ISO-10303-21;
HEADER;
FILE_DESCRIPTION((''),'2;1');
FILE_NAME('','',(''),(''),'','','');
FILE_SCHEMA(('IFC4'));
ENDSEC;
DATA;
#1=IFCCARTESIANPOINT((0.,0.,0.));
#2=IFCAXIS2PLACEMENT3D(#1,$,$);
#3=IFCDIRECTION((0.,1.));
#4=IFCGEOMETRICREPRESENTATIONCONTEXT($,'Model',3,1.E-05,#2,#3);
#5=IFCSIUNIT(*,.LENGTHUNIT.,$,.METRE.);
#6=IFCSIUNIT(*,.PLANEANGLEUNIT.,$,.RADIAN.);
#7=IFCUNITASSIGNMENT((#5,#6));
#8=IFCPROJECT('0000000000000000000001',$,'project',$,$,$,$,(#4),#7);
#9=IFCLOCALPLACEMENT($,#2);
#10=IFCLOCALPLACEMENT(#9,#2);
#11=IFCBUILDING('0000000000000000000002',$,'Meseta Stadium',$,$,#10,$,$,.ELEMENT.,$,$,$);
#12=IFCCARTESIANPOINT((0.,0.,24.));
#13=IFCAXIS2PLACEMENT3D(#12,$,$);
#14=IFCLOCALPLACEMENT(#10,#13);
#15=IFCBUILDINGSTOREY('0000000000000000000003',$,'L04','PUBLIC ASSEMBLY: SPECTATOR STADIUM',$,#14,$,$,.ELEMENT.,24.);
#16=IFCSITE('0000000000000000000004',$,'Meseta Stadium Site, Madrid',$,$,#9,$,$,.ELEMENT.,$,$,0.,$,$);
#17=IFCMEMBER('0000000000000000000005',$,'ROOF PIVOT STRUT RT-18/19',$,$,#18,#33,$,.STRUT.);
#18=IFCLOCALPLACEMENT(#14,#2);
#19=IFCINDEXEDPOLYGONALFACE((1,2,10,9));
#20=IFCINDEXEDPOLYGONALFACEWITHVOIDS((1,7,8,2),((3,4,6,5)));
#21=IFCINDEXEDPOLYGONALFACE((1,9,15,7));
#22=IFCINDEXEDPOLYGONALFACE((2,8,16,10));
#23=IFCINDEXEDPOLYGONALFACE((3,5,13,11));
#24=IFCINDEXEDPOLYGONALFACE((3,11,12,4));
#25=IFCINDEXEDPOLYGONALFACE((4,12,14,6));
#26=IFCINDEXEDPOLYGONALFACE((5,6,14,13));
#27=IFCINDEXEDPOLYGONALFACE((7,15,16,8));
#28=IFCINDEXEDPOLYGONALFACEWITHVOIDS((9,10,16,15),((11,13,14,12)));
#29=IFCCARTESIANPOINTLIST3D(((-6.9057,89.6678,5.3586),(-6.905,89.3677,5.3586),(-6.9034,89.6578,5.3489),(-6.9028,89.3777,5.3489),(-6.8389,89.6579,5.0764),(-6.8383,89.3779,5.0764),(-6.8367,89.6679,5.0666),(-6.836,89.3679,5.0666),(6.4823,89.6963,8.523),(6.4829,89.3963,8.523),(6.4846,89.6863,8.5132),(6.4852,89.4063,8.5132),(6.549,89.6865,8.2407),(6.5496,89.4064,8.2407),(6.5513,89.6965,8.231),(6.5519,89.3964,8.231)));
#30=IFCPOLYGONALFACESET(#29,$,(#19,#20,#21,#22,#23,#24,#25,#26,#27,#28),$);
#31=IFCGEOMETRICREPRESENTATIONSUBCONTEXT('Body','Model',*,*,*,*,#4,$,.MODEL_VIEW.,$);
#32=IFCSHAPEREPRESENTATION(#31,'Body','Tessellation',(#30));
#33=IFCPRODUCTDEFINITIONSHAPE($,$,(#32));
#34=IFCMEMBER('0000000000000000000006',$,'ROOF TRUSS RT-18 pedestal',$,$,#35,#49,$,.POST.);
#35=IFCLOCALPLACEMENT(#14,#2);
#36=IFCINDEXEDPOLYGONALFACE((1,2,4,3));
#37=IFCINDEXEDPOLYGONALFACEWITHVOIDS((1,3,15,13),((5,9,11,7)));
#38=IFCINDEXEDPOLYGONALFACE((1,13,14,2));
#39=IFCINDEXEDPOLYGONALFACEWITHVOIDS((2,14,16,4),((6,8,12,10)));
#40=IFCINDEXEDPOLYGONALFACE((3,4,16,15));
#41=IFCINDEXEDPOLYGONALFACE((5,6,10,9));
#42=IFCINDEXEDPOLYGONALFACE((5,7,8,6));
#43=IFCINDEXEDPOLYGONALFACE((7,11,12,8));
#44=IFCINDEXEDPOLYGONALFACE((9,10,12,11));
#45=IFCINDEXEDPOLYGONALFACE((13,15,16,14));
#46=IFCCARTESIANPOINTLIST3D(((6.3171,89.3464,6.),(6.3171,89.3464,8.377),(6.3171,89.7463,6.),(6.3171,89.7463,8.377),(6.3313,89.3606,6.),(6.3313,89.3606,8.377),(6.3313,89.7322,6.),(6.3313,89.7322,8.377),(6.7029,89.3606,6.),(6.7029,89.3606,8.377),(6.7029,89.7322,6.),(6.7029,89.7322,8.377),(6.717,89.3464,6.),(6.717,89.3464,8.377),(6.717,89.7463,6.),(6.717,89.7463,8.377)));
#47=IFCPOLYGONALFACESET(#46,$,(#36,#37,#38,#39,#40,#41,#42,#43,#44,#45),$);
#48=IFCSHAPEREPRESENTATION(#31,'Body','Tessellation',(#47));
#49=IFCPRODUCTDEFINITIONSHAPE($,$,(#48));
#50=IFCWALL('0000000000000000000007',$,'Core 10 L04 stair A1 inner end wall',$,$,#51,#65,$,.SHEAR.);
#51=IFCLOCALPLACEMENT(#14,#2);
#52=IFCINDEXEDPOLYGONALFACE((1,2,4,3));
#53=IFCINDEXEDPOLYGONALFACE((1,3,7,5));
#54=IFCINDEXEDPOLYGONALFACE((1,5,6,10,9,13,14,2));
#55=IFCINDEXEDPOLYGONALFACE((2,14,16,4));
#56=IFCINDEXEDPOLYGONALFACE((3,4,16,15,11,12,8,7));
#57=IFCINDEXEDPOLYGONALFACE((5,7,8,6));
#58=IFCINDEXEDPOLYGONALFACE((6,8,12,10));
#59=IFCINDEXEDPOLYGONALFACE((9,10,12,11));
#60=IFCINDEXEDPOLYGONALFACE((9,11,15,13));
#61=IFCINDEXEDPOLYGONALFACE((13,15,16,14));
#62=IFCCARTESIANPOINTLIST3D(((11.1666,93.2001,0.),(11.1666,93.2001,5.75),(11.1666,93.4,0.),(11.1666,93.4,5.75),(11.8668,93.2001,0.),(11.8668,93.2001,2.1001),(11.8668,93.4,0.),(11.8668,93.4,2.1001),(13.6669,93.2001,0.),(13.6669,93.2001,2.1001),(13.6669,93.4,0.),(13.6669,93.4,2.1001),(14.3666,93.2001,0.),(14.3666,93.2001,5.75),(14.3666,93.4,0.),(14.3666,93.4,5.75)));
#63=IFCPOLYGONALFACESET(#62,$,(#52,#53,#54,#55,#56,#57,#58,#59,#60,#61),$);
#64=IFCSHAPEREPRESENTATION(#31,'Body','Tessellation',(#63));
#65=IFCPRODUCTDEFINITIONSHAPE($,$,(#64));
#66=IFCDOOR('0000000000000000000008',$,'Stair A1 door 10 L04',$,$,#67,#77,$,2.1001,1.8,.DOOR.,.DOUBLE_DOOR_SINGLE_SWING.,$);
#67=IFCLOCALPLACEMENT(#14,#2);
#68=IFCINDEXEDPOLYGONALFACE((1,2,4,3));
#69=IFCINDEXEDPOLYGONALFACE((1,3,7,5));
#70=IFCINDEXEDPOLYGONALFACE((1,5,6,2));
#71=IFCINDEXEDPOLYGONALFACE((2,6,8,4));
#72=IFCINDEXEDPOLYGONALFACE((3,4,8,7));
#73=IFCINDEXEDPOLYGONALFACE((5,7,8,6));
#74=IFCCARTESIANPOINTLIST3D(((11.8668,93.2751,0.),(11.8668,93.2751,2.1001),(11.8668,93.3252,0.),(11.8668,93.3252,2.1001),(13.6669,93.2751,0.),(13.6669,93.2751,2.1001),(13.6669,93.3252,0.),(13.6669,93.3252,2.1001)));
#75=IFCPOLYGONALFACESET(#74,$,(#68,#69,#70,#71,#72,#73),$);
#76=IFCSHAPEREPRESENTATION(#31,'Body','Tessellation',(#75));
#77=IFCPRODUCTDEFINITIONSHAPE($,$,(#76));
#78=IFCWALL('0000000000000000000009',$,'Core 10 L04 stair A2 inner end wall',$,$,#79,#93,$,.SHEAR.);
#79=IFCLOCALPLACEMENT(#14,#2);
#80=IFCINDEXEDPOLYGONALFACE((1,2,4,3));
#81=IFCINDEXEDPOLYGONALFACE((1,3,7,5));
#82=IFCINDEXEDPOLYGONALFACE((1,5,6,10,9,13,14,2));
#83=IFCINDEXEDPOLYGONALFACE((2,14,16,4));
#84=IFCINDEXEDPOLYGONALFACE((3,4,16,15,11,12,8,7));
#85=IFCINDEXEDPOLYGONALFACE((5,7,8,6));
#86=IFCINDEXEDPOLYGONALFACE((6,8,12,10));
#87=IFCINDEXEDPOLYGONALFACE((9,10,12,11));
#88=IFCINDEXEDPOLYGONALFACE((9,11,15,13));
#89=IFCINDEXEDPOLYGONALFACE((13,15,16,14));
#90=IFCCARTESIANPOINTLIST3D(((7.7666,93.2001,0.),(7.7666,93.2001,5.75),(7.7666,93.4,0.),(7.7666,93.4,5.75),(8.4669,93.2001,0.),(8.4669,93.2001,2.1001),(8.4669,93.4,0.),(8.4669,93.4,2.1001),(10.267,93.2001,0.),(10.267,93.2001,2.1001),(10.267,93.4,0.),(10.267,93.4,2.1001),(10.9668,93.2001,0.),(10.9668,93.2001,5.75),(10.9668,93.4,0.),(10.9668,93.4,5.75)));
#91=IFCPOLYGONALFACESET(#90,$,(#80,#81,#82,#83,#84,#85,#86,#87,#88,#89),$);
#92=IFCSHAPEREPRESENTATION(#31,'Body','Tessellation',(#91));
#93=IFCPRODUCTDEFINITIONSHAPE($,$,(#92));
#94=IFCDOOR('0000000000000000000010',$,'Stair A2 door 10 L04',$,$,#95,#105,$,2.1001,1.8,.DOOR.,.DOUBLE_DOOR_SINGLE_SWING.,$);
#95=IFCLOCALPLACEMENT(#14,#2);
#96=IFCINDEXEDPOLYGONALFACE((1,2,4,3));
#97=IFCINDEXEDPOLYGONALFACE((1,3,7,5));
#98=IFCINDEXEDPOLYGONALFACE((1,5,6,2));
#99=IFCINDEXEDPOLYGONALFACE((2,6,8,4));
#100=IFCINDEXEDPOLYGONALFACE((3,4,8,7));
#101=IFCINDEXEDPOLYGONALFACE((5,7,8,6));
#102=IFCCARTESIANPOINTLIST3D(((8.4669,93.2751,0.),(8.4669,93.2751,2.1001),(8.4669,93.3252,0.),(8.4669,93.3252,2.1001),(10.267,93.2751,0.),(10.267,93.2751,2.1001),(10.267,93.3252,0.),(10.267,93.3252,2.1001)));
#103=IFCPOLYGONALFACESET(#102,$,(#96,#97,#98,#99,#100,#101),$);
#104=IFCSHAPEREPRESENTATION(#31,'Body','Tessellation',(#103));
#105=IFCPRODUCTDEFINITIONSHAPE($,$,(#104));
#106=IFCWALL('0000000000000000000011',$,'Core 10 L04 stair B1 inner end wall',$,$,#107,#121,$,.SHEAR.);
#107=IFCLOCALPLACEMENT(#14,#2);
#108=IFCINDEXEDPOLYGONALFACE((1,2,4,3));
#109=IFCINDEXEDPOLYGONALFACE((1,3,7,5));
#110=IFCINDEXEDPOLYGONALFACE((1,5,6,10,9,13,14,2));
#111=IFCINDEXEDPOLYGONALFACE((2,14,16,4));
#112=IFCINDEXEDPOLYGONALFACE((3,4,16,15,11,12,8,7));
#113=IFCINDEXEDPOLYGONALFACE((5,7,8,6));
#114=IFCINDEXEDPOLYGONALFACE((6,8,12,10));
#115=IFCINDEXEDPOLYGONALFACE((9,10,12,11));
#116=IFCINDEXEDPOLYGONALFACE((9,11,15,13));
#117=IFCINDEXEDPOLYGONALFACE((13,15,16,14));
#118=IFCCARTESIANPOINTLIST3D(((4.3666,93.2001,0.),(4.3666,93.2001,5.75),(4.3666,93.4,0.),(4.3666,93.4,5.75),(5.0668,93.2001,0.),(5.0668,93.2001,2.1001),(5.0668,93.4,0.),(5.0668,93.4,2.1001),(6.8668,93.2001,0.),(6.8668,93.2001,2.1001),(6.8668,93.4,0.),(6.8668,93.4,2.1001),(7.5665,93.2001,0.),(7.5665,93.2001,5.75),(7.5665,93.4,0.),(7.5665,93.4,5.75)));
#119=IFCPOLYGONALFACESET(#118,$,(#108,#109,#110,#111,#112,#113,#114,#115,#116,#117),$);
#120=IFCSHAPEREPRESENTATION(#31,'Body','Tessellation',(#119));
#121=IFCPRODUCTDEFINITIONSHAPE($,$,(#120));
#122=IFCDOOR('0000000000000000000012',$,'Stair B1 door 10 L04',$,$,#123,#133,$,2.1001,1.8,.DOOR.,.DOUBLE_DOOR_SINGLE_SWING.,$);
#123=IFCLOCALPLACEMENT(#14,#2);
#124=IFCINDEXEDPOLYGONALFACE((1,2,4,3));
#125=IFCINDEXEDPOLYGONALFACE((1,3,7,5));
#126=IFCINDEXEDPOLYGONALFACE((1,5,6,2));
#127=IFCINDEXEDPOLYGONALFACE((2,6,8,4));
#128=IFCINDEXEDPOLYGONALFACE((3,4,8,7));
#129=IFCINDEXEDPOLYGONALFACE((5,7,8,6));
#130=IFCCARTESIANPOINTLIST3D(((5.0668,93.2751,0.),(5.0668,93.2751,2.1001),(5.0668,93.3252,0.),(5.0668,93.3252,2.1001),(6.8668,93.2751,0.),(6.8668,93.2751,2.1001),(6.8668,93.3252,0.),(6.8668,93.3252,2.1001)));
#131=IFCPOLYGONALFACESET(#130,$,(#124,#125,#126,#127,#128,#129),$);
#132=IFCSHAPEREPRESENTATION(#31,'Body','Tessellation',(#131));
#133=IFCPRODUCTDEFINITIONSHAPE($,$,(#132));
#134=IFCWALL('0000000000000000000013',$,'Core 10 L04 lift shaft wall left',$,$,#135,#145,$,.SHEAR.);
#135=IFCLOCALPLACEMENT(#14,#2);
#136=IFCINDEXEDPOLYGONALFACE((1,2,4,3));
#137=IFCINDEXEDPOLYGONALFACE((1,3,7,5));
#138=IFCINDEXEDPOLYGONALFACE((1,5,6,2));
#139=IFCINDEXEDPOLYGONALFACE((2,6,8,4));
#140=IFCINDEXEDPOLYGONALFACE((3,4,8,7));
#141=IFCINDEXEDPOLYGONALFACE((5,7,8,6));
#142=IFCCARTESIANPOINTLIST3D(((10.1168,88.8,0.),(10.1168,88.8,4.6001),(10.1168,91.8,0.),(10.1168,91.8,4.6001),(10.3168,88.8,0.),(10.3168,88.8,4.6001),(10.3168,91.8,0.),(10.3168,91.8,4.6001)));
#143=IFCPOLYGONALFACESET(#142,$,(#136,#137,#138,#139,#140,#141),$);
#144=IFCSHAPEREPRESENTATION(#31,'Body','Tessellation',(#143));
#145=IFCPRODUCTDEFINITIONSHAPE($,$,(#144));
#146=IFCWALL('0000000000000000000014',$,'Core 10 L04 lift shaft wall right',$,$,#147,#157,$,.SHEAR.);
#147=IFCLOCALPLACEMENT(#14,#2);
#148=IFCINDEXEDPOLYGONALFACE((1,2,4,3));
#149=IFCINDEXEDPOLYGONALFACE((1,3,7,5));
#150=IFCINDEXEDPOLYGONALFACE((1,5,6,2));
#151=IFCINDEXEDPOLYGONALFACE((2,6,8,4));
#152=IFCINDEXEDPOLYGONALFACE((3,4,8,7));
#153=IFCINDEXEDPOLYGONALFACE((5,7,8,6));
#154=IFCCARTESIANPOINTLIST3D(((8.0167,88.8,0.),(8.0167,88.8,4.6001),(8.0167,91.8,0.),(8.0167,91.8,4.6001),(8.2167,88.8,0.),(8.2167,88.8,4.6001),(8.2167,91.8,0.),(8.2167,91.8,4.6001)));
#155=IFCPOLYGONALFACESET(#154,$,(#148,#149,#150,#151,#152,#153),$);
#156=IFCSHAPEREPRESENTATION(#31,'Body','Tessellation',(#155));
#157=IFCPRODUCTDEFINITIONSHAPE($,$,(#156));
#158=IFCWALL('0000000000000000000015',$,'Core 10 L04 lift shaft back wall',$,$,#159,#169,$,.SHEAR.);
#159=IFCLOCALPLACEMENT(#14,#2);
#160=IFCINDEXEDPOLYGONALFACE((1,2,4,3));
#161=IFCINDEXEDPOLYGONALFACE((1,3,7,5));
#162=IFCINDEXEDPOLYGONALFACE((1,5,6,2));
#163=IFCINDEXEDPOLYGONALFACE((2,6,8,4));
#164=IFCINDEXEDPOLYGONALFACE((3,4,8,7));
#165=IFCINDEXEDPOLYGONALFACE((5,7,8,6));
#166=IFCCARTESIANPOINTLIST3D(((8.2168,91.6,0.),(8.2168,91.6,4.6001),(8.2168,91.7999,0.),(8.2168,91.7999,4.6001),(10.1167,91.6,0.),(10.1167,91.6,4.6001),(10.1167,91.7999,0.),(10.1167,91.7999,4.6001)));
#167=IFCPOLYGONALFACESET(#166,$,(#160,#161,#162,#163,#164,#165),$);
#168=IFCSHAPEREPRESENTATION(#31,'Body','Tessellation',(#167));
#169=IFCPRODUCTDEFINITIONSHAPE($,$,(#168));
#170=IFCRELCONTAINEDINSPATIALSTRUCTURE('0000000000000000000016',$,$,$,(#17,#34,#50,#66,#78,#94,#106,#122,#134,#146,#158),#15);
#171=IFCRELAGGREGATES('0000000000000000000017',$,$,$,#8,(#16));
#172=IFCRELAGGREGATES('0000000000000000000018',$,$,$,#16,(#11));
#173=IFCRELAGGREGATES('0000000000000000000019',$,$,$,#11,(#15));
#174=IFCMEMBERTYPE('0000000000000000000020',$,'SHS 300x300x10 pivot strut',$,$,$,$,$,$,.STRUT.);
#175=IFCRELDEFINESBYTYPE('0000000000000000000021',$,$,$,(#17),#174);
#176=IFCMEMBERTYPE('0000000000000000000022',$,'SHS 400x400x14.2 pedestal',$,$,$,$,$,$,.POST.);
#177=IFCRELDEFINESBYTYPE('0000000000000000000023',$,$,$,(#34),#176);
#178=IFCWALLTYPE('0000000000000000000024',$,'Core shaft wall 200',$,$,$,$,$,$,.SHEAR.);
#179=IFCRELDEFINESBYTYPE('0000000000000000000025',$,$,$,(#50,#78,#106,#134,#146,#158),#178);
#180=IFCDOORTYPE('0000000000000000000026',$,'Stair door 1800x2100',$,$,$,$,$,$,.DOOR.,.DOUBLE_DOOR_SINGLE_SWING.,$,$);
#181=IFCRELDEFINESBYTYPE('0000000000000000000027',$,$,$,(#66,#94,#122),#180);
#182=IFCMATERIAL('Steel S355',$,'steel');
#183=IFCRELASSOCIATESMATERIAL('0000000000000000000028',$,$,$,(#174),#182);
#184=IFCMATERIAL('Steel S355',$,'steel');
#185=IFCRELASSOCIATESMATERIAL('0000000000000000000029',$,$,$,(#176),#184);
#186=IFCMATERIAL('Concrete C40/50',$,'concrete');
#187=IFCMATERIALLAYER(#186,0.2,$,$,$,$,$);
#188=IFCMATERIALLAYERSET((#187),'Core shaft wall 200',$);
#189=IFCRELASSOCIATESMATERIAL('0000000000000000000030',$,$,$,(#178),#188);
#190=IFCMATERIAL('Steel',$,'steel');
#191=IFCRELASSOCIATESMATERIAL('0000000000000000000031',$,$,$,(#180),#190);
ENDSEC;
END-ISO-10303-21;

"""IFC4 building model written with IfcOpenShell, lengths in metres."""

from ifc_helpers import new_model, si_unit, direction, frame, frame_2d, origin, origin_2d, place, context, subcontext, project, spatial, rectangle, hollow_rectangle, extrude, material, layer, layer_set, material_profile, profile_set, type_object, element, fill, save


model = new_model("IFC4")

# Units and contexts
model_context = context("Model", 3, precision=1e-05, world=origin(), true_north=direction((0.0, 1.0)))
body_context = subcontext(model_context, "Body", "Model", "MODEL_VIEW")
ifc_project = project(units=[si_unit("LENGTHUNIT", "METRE"), si_unit("PLANEANGLEUNIT", "RADIAN")], contexts=[model_context])

# Site, building, storey
site_placement = place(None, origin())
site = spatial("IfcSite", under=ifc_project, at=site_placement, Name="Meseta Stadium Site, Madrid", CompositionType="ELEMENT", RefElevation=0.0)
building_placement = place(site_placement, origin())
building = spatial("IfcBuilding", under=site, at=building_placement, Name="Meseta Stadium", CompositionType="ELEMENT")
storey_placement = place(building_placement, frame((0.0, 0.0, 24.0)))
storey = spatial("IfcBuildingStorey", under=building, at=storey_placement, Name="L04", Description="PUBLIC ASSEMBLY: SPECTATOR STADIUM", CompositionType="ELEMENT", Elevation=24.0)

# Members
ifc_material_1 = material(Name="Steel S355", Category="steel")
ifc_material_profile_1 = material_profile(ifc_material_1, hollow_rectangle(XDim=0.3, YDim=0.3, WallThickness=0.01, at=origin_2d()), Name="SHS 300x300x10")
ifc_profile_set_1 = profile_set([ifc_material_profile_1], Name="Steel S355")
member_type_1 = type_object("IfcMemberType", Name="SHS 300x300x10 pivot strut", PredefinedType="STRUT", material=ifc_profile_set_1)
member_1_placement = place(storey_placement, frame((6.5171, 89.5464, 8.377), z_axis=(-0.973184, -0.002076, -0.230017), x_axis=(0.002134, -0.999998, 0.0)))
element("IfcMember", 1, at=member_1_placement, inside=storey, type_object=member_type_1, Name="ROOF PIVOT STRUT RT-18/19", PredefinedType="STRUT", context=body_context, shape_type="SweptSolid", body=[
    extrude(hollow_rectangle(XDim=0.3, YDim=0.3, WallThickness=0.01, at=origin_2d()), origin(), (0.0, 0.0, 1.0), 13.7568),
])
ifc_material_2 = material(Name="Steel S355", Category="steel")
ifc_material_profile_2 = material_profile(ifc_material_2, hollow_rectangle(XDim=0.3999, YDim=0.3999, WallThickness=0.0142, at=origin_2d()), Name="SHS 400x400x14.2")
ifc_profile_set_2 = profile_set([ifc_material_profile_2], Name="Steel S355")
member_type_2 = type_object("IfcMemberType", Name="SHS 400x400x14.2 pedestal", PredefinedType="POST", material=ifc_profile_set_2)
member_2_placement = place(storey_placement, frame((6.5171, 89.5464, 6.0), z_axis=(0.0, 0.0, 1.0), x_axis=(1.0, 0.0, 0.0)))
element("IfcMember", 2, at=member_2_placement, inside=storey, type_object=member_type_2, Name="ROOF TRUSS RT-18 pedestal", PredefinedType="POST", context=body_context, shape_type="SweptSolid", body=[
    extrude(hollow_rectangle(XDim=0.3999, YDim=0.3999, WallThickness=0.0142, at=origin_2d()), origin(), (0.0, 0.0, 1.0), 2.377),
])

# Walls, openings, doors
ifc_material_3 = material(Name="Concrete C40/50", Category="concrete")
ifc_layer_1 = layer(ifc_material_3, 0.2)
ifc_layer_set_1 = layer_set([ifc_layer_1], Name="Core shaft wall 200")
wall_type_1 = type_object("IfcWallType", Name="Core shaft wall 200", PredefinedType="SHEAR", material=ifc_layer_set_1)
wall_1_placement = place(storey_placement, frame((14.3667, 93.3, 0.0), z_axis=(0.0, 0.0, 1.0), x_axis=(-1.0, 0.0, 0.0)))
wall_1 = element("IfcWall", 3, at=wall_1_placement, inside=storey, type_object=wall_type_1, Name="Core 10 L04 stair A1 inner end wall", PredefinedType="SHEAR", context=body_context, shape_type="SweptSolid", body=[
    extrude(rectangle(XDim=3.2, YDim=0.2, at=frame_2d((1.6001, 0.0))), origin(), (0.0, 0.0, 1.0), 5.75),
])
opening_1_placement = place(wall_1_placement, frame((0.7, 0.0, 0.0)))
opening_1 = element("IfcOpeningElement", 4, at=opening_1_placement, cuts=wall_1, PredefinedType="OPENING", context=body_context, shape_type="SweptSolid", body=[
    extrude(rectangle(XDim=1.8, YDim=2.1001, at=frame_2d((0.8999, 1.05))), frame((0.0, 0.1099, 0.0), z_axis=(0.0, -1.0, 0.0), x_axis=(1.0, 0.0, 0.0)), (0.0, 0.0, 1.0), 0.22),
])
ifc_material_4 = material(Name="Steel", Category="steel")
door_type_1 = type_object("IfcDoorType", Name="Stair door 1800x2100", OperationType="DOUBLE_DOOR_SINGLE_SWING", PredefinedType="DOOR", material=ifc_material_4)
door_1_placement = place(opening_1_placement, origin())
door_1 = element("IfcDoor", 5, at=door_1_placement, inside=storey, type_object=door_type_1, Name="Stair A1 door 10 L04", OperationType="DOUBLE_DOOR_SINGLE_SWING", OverallHeight=2.1001, OverallWidth=1.8, PredefinedType="DOOR", context=body_context, shape_type="SweptSolid", body=[
    extrude(rectangle(XDim=1.8, YDim=2.1001, at=frame_2d((0.8999, 1.05))), frame((0.0, 0.0249, 0.0), z_axis=(0.0, -1.0, 0.0), x_axis=(1.0, 0.0, 0.0)), (0.0, 0.0, 1.0), 0.05),
])
fill(opening_1, door_1)
wall_2_placement = place(storey_placement, frame((10.9668, 93.3, 0.0), z_axis=(0.0, 0.0, 1.0), x_axis=(-1.0, 0.0, 0.0)))
wall_2 = element("IfcWall", 6, at=wall_2_placement, inside=storey, type_object=wall_type_1, Name="Core 10 L04 stair A2 inner end wall", PredefinedType="SHEAR", context=body_context, shape_type="SweptSolid", body=[
    extrude(rectangle(XDim=3.2002, YDim=0.2, at=frame_2d((1.6001, 0.0))), origin(), (0.0, 0.0, 1.0), 5.75),
])
opening_2_placement = place(wall_2_placement, frame((0.7, 0.0, 0.0)))
opening_2 = element("IfcOpeningElement", 7, at=opening_2_placement, cuts=wall_2, PredefinedType="OPENING", context=body_context, shape_type="SweptSolid", body=[
    extrude(rectangle(XDim=1.8, YDim=2.1001, at=frame_2d((0.8999, 1.05))), frame((0.0, 0.1099, 0.0), z_axis=(0.0, -1.0, 0.0), x_axis=(1.0, 0.0, 0.0)), (0.0, 0.0, 1.0), 0.22),
])
door_2_placement = place(opening_2_placement, origin())
door_2 = element("IfcDoor", 8, at=door_2_placement, inside=storey, type_object=door_type_1, Name="Stair A2 door 10 L04", OperationType="DOUBLE_DOOR_SINGLE_SWING", OverallHeight=2.1001, OverallWidth=1.8, PredefinedType="DOOR", context=body_context, shape_type="SweptSolid", body=[
    extrude(rectangle(XDim=1.8, YDim=2.1001, at=frame_2d((0.8999, 1.05))), frame((0.0, 0.0249, 0.0), z_axis=(0.0, -1.0, 0.0), x_axis=(1.0, 0.0, 0.0)), (0.0, 0.0, 1.0), 0.05),
])
fill(opening_2, door_2)
wall_3_placement = place(storey_placement, frame((7.5667, 93.3, 0.0), z_axis=(0.0, 0.0, 1.0), x_axis=(-1.0, 0.0, 0.0)))
wall_3 = element("IfcWall", 9, at=wall_3_placement, inside=storey, type_object=wall_type_1, Name="Core 10 L04 stair B1 inner end wall", PredefinedType="SHEAR", context=body_context, shape_type="SweptSolid", body=[
    extrude(rectangle(XDim=3.2, YDim=0.2, at=frame_2d((1.6001, 0.0))), origin(), (0.0, 0.0, 1.0), 5.75),
])
opening_3_placement = place(wall_3_placement, frame((0.7, 0.0, 0.0)))
opening_3 = element("IfcOpeningElement", 10, at=opening_3_placement, cuts=wall_3, PredefinedType="OPENING", context=body_context, shape_type="SweptSolid", body=[
    extrude(rectangle(XDim=1.8, YDim=2.1001, at=frame_2d((0.8999, 1.05))), frame((0.0, 0.1099, 0.0), z_axis=(0.0, -1.0, 0.0), x_axis=(1.0, 0.0, 0.0)), (0.0, 0.0, 1.0), 0.22),
])
door_3_placement = place(opening_3_placement, origin())
door_3 = element("IfcDoor", 11, at=door_3_placement, inside=storey, type_object=door_type_1, Name="Stair B1 door 10 L04", OperationType="DOUBLE_DOOR_SINGLE_SWING", OverallHeight=2.1001, OverallWidth=1.8, PredefinedType="DOOR", context=body_context, shape_type="SweptSolid", body=[
    extrude(rectangle(XDim=1.8, YDim=2.1001, at=frame_2d((0.8999, 1.05))), frame((0.0, 0.0249, 0.0), z_axis=(0.0, -1.0, 0.0), x_axis=(1.0, 0.0, 0.0)), (0.0, 0.0, 1.0), 0.05),
])
fill(opening_3, door_3)

# Walls
for number, where, z_axis, x_axis, name in (
    (12, (10.2168, 91.8, 0.0), (0.0, 0.0, 1.0), (0.0, -1.0, 0.0), "Core 10 L04 lift shaft wall left"),
    (13, (8.1167, 91.8, 0.0), (0.0, 0.0, 1.0), (0.0, -1.0, 0.0), "Core 10 L04 lift shaft wall right"),
):
    element("IfcWall", number, at=place(storey_placement, frame(where, z_axis=z_axis, x_axis=x_axis)), inside=storey, type_object=wall_type_1, Name=name, PredefinedType="SHEAR", context=body_context, shape_type="SweptSolid", body=[
        extrude(rectangle(XDim=3.0, YDim=0.2, at=frame_2d((1.5, 0.0))), origin(), (0.0, 0.0, 1.0), 4.6001),
    ])
wall_4_placement = place(storey_placement, frame((10.1167, 91.7, 0.0), z_axis=(0.0, 0.0, 1.0), x_axis=(-1.0, 0.0, 0.0)))
element("IfcWall", 14, at=wall_4_placement, inside=storey, type_object=wall_type_1, Name="Core 10 L04 lift shaft back wall", PredefinedType="SHEAR", context=body_context, shape_type="SweptSolid", body=[
    extrude(rectangle(XDim=1.8999, YDim=0.2, at=frame_2d((0.95, 0.0))), origin(), (0.0, 0.0, 1.0), 4.6001),
])

save(model, "model.ifc")
